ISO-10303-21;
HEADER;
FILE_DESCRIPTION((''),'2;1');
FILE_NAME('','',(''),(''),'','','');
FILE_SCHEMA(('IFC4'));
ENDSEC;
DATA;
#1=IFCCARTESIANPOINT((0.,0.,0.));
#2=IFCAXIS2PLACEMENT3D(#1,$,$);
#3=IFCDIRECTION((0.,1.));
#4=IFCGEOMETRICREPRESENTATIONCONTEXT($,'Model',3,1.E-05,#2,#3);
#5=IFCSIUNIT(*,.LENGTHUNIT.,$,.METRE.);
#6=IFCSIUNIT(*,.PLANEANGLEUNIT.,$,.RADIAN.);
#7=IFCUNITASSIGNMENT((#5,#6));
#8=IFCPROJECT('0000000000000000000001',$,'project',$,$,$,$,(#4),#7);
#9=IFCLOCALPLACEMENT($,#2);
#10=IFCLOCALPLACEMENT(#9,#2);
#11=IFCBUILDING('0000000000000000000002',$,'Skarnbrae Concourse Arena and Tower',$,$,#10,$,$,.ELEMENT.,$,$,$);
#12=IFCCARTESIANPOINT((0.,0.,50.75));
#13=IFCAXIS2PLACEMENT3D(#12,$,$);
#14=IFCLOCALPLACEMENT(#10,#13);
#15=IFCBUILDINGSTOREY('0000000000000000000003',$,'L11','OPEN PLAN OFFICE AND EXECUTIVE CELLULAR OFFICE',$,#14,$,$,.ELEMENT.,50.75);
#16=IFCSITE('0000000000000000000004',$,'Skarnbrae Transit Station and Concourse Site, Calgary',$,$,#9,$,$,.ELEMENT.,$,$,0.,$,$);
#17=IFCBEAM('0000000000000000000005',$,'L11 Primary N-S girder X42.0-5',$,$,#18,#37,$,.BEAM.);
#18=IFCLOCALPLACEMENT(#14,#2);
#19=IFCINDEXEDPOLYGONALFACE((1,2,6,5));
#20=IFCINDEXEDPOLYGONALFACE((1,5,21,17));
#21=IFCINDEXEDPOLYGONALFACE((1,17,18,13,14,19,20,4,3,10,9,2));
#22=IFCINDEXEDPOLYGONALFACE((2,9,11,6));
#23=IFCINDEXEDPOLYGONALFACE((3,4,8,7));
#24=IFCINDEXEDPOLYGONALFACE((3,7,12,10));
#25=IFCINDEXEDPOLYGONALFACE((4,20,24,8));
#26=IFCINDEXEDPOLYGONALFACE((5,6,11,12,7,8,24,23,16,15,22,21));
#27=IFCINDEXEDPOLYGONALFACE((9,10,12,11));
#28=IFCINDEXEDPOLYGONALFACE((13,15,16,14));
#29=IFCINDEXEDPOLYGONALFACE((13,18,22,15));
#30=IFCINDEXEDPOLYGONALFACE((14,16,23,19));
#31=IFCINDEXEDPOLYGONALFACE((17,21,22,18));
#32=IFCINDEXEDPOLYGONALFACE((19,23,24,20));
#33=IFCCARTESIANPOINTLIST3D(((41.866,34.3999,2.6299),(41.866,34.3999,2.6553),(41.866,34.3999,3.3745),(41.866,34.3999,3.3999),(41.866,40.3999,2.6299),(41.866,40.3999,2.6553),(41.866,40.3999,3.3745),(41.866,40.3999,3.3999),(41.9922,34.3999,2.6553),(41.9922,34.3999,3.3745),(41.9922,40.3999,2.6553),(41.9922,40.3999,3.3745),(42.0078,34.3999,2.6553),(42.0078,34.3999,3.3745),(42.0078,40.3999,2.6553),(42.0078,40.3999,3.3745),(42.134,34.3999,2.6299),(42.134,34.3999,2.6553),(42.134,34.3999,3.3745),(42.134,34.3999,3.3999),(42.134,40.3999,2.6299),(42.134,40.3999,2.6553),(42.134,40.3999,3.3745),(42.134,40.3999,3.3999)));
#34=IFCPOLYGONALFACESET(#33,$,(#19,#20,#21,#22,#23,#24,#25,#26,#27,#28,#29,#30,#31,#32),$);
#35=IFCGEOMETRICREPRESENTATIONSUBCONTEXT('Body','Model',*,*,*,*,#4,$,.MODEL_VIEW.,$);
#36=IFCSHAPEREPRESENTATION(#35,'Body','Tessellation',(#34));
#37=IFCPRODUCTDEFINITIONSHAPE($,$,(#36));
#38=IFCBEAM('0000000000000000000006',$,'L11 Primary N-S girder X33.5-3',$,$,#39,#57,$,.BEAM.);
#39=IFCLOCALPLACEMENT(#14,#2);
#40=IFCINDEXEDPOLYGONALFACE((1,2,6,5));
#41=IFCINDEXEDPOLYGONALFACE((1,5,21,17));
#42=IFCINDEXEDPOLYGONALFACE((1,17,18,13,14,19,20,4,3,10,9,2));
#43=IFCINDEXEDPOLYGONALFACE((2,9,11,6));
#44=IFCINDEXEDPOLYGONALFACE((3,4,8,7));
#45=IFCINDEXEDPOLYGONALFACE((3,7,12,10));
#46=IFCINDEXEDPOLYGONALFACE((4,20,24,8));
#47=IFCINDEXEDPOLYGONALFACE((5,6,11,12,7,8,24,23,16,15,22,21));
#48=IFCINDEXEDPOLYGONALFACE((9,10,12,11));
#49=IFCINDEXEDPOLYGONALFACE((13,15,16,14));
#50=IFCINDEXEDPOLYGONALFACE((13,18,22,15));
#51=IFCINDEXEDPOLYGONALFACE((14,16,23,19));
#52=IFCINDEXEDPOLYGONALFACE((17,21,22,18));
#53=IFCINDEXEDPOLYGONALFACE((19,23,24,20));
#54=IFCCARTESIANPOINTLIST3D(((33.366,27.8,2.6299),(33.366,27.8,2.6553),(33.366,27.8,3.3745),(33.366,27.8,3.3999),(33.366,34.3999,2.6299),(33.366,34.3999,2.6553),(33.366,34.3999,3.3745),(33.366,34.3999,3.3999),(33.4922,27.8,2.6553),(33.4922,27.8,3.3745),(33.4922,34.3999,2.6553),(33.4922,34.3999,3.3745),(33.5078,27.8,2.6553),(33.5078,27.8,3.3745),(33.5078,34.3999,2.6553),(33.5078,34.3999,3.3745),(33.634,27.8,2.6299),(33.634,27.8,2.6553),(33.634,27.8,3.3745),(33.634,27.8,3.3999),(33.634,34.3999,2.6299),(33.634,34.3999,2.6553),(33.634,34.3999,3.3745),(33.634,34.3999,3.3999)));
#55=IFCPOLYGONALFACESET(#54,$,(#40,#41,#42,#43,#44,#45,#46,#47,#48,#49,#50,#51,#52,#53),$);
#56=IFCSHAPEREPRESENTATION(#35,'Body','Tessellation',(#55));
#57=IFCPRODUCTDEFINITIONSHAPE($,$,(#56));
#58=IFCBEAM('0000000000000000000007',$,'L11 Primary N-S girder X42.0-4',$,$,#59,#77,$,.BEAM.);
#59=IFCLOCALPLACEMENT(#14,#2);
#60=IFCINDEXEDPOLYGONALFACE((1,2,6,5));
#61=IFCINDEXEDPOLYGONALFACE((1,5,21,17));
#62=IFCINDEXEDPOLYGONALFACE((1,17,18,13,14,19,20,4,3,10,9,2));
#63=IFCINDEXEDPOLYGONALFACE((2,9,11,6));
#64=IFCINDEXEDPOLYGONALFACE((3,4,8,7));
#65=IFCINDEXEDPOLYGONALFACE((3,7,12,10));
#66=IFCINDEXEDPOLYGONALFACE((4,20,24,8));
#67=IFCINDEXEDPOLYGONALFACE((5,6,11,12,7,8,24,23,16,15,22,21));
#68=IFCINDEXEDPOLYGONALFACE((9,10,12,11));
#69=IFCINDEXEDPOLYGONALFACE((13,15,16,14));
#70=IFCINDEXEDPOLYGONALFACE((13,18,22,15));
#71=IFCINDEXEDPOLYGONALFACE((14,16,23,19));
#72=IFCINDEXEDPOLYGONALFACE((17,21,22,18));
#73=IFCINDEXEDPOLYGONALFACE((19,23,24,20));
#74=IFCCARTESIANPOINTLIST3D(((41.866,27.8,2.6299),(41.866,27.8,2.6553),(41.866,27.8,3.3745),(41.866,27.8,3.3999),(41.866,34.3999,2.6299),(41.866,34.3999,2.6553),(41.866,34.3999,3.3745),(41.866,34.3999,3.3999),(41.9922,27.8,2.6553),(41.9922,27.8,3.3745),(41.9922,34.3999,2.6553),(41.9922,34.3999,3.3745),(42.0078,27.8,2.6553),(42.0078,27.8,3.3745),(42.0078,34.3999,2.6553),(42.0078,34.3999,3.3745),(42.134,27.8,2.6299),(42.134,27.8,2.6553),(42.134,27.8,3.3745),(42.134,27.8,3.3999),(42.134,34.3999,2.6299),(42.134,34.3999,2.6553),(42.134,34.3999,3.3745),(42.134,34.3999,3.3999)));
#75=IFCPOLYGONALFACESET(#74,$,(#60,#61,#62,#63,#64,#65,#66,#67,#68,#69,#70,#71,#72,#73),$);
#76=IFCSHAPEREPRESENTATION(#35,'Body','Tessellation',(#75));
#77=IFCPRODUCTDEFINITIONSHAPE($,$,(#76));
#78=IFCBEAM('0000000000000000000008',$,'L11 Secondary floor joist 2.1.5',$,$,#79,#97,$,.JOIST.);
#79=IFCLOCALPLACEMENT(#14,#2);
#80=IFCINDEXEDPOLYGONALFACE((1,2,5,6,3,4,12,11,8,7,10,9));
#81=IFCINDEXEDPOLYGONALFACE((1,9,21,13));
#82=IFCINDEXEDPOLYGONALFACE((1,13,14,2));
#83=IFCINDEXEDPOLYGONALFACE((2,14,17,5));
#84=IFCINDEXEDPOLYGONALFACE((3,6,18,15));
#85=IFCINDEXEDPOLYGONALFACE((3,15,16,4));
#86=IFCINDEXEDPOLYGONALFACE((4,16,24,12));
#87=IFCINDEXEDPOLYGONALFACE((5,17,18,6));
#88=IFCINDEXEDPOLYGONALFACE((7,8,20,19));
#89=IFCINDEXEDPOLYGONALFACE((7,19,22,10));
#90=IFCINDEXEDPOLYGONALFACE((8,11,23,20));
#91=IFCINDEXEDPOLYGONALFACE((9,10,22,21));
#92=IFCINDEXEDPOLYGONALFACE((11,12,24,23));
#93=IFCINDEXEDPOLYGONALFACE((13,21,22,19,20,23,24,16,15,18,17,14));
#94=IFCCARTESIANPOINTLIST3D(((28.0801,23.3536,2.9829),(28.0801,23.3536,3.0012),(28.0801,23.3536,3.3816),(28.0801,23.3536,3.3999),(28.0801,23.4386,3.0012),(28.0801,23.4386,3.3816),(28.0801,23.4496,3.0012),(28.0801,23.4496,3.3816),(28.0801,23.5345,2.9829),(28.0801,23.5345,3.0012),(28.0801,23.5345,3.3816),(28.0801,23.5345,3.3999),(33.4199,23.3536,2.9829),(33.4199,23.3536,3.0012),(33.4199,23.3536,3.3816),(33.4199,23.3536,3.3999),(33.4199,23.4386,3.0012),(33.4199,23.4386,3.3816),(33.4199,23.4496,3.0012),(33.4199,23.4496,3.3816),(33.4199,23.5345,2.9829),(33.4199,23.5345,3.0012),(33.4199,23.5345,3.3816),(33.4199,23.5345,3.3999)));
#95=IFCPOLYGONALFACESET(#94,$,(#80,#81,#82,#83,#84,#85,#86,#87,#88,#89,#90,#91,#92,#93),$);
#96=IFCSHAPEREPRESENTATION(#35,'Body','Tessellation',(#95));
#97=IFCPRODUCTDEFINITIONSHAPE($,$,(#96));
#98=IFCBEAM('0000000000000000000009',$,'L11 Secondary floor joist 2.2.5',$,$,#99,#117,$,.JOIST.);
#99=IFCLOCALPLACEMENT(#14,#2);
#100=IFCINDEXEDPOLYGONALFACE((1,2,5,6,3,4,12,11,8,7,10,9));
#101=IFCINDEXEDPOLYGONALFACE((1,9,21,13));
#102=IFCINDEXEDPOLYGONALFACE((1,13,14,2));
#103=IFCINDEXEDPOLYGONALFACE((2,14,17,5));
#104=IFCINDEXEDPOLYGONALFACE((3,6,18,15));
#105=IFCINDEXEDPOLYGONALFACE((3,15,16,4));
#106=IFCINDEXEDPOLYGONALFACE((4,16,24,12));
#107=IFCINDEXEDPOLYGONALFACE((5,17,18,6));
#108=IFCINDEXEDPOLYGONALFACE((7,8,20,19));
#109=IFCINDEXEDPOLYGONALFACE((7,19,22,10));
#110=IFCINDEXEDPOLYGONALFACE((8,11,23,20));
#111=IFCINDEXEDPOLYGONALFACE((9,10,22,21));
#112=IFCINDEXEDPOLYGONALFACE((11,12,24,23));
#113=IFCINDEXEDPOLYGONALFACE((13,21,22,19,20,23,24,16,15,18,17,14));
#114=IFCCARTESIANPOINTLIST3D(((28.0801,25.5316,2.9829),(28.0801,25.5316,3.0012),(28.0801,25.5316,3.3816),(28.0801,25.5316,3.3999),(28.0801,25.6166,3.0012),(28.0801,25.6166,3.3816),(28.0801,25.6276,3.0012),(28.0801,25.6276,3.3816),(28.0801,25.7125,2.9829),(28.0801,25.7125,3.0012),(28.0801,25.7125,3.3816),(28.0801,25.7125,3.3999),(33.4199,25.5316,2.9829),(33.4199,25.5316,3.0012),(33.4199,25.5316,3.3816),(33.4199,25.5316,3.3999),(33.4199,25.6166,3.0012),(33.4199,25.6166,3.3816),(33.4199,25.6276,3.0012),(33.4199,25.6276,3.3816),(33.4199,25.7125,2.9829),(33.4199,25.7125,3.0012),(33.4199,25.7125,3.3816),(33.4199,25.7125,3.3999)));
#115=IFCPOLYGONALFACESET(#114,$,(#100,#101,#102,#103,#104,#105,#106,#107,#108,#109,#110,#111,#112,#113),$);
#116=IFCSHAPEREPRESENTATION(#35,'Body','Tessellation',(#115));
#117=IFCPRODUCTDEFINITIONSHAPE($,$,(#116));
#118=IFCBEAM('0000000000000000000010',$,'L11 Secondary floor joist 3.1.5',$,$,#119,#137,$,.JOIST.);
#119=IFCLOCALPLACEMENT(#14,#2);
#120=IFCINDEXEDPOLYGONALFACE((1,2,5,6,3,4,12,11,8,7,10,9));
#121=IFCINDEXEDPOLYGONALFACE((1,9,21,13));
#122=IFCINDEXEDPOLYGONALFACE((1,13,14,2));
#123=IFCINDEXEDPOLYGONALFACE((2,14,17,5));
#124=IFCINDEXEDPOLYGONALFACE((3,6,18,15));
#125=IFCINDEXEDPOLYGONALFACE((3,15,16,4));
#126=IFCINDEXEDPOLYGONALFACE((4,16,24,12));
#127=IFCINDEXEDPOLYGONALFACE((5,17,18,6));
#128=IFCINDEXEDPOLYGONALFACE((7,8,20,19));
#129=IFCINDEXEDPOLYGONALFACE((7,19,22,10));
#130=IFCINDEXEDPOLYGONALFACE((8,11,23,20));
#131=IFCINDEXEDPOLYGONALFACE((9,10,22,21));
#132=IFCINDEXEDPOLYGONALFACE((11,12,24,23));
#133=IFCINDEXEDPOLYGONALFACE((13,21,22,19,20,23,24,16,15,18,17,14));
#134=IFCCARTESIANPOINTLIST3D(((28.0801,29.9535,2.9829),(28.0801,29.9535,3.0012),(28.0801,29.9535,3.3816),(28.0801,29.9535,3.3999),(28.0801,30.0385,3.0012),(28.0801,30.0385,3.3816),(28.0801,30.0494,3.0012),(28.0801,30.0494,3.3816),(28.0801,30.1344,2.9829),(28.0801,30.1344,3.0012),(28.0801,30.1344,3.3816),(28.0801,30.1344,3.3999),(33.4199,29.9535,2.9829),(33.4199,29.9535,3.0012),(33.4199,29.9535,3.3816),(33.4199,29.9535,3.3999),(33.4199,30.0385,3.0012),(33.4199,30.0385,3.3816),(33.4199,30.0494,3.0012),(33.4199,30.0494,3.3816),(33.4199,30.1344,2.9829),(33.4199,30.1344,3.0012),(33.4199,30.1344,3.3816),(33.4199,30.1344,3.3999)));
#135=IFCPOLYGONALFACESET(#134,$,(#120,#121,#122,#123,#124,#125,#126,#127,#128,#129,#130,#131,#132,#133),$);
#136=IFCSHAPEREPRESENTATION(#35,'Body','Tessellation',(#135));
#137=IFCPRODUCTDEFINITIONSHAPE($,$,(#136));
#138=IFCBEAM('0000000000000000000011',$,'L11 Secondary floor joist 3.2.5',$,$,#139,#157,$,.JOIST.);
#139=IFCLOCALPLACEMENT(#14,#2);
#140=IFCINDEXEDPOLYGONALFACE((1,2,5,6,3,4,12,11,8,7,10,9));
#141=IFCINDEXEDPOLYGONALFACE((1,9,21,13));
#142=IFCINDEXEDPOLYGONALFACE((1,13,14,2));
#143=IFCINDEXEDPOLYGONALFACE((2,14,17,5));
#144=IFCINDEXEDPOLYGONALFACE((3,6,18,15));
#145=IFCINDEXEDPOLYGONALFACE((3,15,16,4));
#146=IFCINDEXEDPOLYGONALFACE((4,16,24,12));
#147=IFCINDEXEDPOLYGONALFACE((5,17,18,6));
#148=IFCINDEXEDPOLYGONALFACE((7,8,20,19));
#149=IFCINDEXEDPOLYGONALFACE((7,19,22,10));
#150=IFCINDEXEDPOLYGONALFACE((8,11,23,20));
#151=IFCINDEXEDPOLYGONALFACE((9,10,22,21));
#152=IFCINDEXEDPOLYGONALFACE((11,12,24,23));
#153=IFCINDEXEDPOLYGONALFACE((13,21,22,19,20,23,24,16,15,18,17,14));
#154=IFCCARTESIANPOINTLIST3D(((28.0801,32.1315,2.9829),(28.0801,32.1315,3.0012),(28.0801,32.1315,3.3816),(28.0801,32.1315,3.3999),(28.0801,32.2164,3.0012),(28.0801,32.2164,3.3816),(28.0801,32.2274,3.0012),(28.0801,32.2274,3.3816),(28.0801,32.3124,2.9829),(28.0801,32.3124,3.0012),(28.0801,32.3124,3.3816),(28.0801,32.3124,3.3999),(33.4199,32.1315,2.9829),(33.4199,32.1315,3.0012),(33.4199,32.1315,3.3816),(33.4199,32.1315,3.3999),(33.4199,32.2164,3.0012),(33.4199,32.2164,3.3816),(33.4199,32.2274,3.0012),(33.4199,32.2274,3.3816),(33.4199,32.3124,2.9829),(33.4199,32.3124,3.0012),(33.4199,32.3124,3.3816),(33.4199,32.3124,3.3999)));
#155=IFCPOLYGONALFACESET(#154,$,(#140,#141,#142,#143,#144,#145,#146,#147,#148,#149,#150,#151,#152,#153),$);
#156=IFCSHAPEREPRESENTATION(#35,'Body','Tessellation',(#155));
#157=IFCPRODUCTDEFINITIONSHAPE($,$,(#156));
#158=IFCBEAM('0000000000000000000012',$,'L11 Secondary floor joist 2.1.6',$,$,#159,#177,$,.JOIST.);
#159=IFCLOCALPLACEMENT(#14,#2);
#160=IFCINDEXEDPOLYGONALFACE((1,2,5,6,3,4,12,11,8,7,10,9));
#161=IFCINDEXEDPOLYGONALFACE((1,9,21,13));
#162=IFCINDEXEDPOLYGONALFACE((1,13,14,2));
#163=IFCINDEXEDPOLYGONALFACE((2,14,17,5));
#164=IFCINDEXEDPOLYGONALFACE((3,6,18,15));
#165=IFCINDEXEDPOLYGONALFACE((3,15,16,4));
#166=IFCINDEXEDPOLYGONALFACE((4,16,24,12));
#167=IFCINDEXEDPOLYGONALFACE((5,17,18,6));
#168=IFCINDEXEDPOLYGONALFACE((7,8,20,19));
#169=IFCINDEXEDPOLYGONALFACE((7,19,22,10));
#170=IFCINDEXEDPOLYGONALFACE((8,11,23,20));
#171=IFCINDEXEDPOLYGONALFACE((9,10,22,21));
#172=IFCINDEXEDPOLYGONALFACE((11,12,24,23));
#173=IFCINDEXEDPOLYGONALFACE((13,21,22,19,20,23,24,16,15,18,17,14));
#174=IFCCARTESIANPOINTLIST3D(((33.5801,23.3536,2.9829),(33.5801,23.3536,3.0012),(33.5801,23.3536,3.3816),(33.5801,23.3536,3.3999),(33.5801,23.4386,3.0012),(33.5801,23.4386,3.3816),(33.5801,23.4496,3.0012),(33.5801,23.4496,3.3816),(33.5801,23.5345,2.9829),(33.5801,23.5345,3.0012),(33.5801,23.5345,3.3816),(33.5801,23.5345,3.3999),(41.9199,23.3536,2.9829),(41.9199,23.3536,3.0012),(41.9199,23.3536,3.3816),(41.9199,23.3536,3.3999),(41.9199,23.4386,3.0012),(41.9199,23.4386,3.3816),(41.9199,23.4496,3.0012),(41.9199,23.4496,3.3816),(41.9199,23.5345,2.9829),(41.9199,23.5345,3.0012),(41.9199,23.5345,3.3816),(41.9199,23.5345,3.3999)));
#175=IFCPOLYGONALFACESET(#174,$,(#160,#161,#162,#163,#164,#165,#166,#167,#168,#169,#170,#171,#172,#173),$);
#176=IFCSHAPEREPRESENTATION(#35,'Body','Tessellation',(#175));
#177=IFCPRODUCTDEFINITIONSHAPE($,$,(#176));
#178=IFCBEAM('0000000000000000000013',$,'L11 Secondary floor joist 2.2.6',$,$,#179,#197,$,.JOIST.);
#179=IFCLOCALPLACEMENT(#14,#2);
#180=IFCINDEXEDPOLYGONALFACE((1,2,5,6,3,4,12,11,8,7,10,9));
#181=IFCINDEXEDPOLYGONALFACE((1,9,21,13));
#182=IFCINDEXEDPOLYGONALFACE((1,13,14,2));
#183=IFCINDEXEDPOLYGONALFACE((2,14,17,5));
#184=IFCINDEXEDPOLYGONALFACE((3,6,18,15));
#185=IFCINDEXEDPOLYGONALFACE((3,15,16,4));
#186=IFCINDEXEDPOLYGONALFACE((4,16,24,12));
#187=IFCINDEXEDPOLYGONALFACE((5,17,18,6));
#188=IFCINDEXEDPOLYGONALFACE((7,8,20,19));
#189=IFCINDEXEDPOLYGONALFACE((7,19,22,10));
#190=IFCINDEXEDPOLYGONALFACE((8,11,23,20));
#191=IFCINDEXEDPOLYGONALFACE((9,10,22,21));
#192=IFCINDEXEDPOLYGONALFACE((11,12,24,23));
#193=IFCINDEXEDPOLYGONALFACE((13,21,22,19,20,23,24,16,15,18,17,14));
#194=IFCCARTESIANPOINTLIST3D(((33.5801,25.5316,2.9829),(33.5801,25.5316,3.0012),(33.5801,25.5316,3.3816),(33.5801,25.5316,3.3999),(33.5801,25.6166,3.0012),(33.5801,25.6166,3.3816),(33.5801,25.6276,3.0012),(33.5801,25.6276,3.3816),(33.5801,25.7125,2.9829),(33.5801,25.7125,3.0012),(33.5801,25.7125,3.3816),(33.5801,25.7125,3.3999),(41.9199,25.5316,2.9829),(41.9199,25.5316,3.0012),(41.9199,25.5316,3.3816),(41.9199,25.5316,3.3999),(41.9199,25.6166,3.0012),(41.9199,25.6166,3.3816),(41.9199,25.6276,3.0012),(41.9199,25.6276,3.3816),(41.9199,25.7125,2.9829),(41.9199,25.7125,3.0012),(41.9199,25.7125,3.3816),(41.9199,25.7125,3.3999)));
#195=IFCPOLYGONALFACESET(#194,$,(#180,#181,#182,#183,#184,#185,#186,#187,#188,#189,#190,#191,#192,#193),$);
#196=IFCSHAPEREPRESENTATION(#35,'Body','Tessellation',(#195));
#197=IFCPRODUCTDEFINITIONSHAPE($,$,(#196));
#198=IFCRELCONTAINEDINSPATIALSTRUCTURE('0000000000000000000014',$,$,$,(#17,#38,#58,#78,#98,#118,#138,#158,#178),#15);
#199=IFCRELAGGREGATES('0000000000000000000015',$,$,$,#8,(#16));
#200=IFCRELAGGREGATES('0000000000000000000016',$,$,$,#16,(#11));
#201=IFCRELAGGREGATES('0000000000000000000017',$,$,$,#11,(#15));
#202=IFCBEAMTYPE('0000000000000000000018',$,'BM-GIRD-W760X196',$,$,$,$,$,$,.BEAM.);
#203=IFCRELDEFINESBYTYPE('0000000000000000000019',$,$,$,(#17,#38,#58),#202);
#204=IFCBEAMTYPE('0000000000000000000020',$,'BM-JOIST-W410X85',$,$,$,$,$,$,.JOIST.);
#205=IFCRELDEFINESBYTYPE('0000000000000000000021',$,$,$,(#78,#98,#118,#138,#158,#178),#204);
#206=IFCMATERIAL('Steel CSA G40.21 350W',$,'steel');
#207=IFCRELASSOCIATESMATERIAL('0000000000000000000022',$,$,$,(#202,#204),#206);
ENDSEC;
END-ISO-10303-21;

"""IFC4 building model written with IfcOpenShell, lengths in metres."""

from ifc_helpers import new_model, si_unit, direction, frame, origin, origin_2d, place, context, subcontext, project, spatial, i_section, extrude, source, transform, mapped, material, material_profile, profile_set, type_object, element, save


model = new_model("IFC4")

# Units and contexts
model_context = context("Model", 3, precision=1e-05, world=origin(), true_north=direction((0.0, 1.0)))
body_context = subcontext(model_context, "Body", "Model", "MODEL_VIEW")
ifc_project = project(units=[si_unit("LENGTHUNIT", "METRE"), si_unit("PLANEANGLEUNIT", "RADIAN")], contexts=[model_context])

# Site, building, storey
site_placement = place(None, origin())
site = spatial("IfcSite", under=ifc_project, at=site_placement, Name="Skarnbrae Transit Station and Concourse Site, Calgary", CompositionType="ELEMENT", RefElevation=0.0)
building_placement = place(site_placement, origin())
building = spatial("IfcBuilding", under=site, at=building_placement, Name="Skarnbrae Concourse Arena and Tower", CompositionType="ELEMENT")
storey_placement = place(building_placement, frame((0.0, 0.0, 50.75)))
storey = spatial("IfcBuildingStorey", under=building, at=storey_placement, Name="L11", Description="OPEN PLAN OFFICE AND EXECUTIVE CELLULAR OFFICE", CompositionType="ELEMENT", Elevation=50.75)

# Shared definitions
ifc_material_1 = material(Name="Steel CSA G40.21 350W", Category="steel")

# Beams
ifc_material_profile_1 = material_profile(ifc_material_1, i_section(OverallWidth=0.2681, OverallDepth=0.77, WebThickness=0.0156, FlangeThickness=0.0254, at=origin_2d()), Name="W760X196")
ifc_profile_set_1 = profile_set([ifc_material_profile_1], Name="Steel CSA G40.21 350W")
beam_type_1 = type_object("IfcBeamType", Name="BM-GIRD-W760X196", PredefinedType="BEAM", material=ifc_profile_set_1)
shared_shape_1 = source(origin(), body_context, "Body", "SweptSolid", [
    extrude(i_section(OverallWidth=0.2681, OverallDepth=0.77, WebThickness=0.0156, FlangeThickness=0.0254, at=origin_2d()), origin(), (0.0, 0.0, 1.0), 6.0),
])
for number, where, z_axis, x_axis, name in (
    (1, (42.0, 34.3999, 3.0149), (0.0, 1.0, 0.0), (-1.0, 0.0, 0.0), "L11 Primary N-S girder X42.0-5"),
):
    element("IfcBeam", number, at=place(storey_placement, frame(where, z_axis=z_axis, x_axis=x_axis)), inside=storey, type_object=beam_type_1, Name=name, PredefinedType="BEAM", context=body_context, shape_type="MappedRepresentation", body=[
        mapped(shared_shape_1, transform((0.0, 0.0, 0.0))),
    ])
shared_shape_2 = source(origin(), body_context, "Body", "SweptSolid", [
    extrude(i_section(OverallWidth=0.2681, OverallDepth=0.77, WebThickness=0.0156, FlangeThickness=0.0254, at=origin_2d()), origin(), (0.0, 0.0, 1.0), 6.5999),
])
for number, where, z_axis, x_axis, name in (
    (2, (33.5, 27.8, 3.0149), (0.0, 1.0, 0.0), (-1.0, 0.0, 0.0), "L11 Primary N-S girder X33.5-3"),
    (3, (42.0, 27.8, 3.0149), (0.0, 1.0, 0.0), (-1.0, 0.0, 0.0), "L11 Primary N-S girder X42.0-4"),
):
    element("IfcBeam", number, at=place(storey_placement, frame(where, z_axis=z_axis, x_axis=x_axis)), inside=storey, type_object=beam_type_1, Name=name, PredefinedType="BEAM", context=body_context, shape_type="MappedRepresentation", body=[
        mapped(shared_shape_2, transform((0.0, 0.0, 0.0))),
    ])
ifc_material_profile_2 = material_profile(ifc_material_1, i_section(OverallWidth=0.1809, OverallDepth=0.417, WebThickness=0.011, FlangeThickness=0.0183, at=origin_2d()), Name="W410X85")
ifc_profile_set_2 = profile_set([ifc_material_profile_2], Name="Steel CSA G40.21 350W")
beam_type_2 = type_object("IfcBeamType", Name="BM-JOIST-W410X85", PredefinedType="JOIST", material=ifc_profile_set_2)
shared_shape_3 = source(origin(), body_context, "Body", "SweptSolid", [
    extrude(i_section(OverallWidth=0.1809, OverallDepth=0.417, WebThickness=0.011, FlangeThickness=0.0183, at=origin_2d()), origin(), (0.0, 0.0, 1.0), 5.3398),
])
for number, where, z_axis, x_axis, name in (
    (4, (28.0801, 23.4441, 3.1914), (1.0, 0.0, 0.0), (0.0, 1.0, 0.0), "L11 Secondary floor joist 2.1.5"),
    (5, (28.0801, 25.6221, 3.1914), (1.0, 0.0, 0.0), (0.0, 1.0, 0.0), "L11 Secondary floor joist 2.2.5"),
    (6, (28.0801, 30.0439, 3.1914), (1.0, 0.0, 0.0), (0.0, 1.0, 0.0), "L11 Secondary floor joist 3.1.5"),
    (7, (28.0801, 32.2219, 3.1914), (1.0, 0.0, 0.0), (0.0, 1.0, 0.0), "L11 Secondary floor joist 3.2.5"),
):
    element("IfcBeam", number, at=place(storey_placement, frame(where, z_axis=z_axis, x_axis=x_axis)), inside=storey, type_object=beam_type_2, Name=name, PredefinedType="JOIST", context=body_context, shape_type="MappedRepresentation", body=[
        mapped(shared_shape_3, transform((0.0, 0.0, 0.0))),
    ])
shared_shape_4 = source(origin(), body_context, "Body", "SweptSolid", [
    extrude(i_section(OverallWidth=0.1809, OverallDepth=0.417, WebThickness=0.011, FlangeThickness=0.0183, at=origin_2d()), origin(), (0.0, 0.0, 1.0), 8.3398),
])
for number, where, z_axis, x_axis, name in (
    (8, (33.5801, 23.4441, 3.1914), (1.0, 0.0, 0.0), (0.0, 1.0, 0.0), "L11 Secondary floor joist 2.1.6"),
    (9, (33.5801, 25.6221, 3.1914), (1.0, 0.0, 0.0), (0.0, 1.0, 0.0), "L11 Secondary floor joist 2.2.6"),
):
    element("IfcBeam", number, at=place(storey_placement, frame(where, z_axis=z_axis, x_axis=x_axis)), inside=storey, type_object=beam_type_2, Name=name, PredefinedType="JOIST", context=body_context, shape_type="MappedRepresentation", body=[
        mapped(shared_shape_4, transform((0.0, 0.0, 0.0))),
    ])

save(model, "model.ifc")
